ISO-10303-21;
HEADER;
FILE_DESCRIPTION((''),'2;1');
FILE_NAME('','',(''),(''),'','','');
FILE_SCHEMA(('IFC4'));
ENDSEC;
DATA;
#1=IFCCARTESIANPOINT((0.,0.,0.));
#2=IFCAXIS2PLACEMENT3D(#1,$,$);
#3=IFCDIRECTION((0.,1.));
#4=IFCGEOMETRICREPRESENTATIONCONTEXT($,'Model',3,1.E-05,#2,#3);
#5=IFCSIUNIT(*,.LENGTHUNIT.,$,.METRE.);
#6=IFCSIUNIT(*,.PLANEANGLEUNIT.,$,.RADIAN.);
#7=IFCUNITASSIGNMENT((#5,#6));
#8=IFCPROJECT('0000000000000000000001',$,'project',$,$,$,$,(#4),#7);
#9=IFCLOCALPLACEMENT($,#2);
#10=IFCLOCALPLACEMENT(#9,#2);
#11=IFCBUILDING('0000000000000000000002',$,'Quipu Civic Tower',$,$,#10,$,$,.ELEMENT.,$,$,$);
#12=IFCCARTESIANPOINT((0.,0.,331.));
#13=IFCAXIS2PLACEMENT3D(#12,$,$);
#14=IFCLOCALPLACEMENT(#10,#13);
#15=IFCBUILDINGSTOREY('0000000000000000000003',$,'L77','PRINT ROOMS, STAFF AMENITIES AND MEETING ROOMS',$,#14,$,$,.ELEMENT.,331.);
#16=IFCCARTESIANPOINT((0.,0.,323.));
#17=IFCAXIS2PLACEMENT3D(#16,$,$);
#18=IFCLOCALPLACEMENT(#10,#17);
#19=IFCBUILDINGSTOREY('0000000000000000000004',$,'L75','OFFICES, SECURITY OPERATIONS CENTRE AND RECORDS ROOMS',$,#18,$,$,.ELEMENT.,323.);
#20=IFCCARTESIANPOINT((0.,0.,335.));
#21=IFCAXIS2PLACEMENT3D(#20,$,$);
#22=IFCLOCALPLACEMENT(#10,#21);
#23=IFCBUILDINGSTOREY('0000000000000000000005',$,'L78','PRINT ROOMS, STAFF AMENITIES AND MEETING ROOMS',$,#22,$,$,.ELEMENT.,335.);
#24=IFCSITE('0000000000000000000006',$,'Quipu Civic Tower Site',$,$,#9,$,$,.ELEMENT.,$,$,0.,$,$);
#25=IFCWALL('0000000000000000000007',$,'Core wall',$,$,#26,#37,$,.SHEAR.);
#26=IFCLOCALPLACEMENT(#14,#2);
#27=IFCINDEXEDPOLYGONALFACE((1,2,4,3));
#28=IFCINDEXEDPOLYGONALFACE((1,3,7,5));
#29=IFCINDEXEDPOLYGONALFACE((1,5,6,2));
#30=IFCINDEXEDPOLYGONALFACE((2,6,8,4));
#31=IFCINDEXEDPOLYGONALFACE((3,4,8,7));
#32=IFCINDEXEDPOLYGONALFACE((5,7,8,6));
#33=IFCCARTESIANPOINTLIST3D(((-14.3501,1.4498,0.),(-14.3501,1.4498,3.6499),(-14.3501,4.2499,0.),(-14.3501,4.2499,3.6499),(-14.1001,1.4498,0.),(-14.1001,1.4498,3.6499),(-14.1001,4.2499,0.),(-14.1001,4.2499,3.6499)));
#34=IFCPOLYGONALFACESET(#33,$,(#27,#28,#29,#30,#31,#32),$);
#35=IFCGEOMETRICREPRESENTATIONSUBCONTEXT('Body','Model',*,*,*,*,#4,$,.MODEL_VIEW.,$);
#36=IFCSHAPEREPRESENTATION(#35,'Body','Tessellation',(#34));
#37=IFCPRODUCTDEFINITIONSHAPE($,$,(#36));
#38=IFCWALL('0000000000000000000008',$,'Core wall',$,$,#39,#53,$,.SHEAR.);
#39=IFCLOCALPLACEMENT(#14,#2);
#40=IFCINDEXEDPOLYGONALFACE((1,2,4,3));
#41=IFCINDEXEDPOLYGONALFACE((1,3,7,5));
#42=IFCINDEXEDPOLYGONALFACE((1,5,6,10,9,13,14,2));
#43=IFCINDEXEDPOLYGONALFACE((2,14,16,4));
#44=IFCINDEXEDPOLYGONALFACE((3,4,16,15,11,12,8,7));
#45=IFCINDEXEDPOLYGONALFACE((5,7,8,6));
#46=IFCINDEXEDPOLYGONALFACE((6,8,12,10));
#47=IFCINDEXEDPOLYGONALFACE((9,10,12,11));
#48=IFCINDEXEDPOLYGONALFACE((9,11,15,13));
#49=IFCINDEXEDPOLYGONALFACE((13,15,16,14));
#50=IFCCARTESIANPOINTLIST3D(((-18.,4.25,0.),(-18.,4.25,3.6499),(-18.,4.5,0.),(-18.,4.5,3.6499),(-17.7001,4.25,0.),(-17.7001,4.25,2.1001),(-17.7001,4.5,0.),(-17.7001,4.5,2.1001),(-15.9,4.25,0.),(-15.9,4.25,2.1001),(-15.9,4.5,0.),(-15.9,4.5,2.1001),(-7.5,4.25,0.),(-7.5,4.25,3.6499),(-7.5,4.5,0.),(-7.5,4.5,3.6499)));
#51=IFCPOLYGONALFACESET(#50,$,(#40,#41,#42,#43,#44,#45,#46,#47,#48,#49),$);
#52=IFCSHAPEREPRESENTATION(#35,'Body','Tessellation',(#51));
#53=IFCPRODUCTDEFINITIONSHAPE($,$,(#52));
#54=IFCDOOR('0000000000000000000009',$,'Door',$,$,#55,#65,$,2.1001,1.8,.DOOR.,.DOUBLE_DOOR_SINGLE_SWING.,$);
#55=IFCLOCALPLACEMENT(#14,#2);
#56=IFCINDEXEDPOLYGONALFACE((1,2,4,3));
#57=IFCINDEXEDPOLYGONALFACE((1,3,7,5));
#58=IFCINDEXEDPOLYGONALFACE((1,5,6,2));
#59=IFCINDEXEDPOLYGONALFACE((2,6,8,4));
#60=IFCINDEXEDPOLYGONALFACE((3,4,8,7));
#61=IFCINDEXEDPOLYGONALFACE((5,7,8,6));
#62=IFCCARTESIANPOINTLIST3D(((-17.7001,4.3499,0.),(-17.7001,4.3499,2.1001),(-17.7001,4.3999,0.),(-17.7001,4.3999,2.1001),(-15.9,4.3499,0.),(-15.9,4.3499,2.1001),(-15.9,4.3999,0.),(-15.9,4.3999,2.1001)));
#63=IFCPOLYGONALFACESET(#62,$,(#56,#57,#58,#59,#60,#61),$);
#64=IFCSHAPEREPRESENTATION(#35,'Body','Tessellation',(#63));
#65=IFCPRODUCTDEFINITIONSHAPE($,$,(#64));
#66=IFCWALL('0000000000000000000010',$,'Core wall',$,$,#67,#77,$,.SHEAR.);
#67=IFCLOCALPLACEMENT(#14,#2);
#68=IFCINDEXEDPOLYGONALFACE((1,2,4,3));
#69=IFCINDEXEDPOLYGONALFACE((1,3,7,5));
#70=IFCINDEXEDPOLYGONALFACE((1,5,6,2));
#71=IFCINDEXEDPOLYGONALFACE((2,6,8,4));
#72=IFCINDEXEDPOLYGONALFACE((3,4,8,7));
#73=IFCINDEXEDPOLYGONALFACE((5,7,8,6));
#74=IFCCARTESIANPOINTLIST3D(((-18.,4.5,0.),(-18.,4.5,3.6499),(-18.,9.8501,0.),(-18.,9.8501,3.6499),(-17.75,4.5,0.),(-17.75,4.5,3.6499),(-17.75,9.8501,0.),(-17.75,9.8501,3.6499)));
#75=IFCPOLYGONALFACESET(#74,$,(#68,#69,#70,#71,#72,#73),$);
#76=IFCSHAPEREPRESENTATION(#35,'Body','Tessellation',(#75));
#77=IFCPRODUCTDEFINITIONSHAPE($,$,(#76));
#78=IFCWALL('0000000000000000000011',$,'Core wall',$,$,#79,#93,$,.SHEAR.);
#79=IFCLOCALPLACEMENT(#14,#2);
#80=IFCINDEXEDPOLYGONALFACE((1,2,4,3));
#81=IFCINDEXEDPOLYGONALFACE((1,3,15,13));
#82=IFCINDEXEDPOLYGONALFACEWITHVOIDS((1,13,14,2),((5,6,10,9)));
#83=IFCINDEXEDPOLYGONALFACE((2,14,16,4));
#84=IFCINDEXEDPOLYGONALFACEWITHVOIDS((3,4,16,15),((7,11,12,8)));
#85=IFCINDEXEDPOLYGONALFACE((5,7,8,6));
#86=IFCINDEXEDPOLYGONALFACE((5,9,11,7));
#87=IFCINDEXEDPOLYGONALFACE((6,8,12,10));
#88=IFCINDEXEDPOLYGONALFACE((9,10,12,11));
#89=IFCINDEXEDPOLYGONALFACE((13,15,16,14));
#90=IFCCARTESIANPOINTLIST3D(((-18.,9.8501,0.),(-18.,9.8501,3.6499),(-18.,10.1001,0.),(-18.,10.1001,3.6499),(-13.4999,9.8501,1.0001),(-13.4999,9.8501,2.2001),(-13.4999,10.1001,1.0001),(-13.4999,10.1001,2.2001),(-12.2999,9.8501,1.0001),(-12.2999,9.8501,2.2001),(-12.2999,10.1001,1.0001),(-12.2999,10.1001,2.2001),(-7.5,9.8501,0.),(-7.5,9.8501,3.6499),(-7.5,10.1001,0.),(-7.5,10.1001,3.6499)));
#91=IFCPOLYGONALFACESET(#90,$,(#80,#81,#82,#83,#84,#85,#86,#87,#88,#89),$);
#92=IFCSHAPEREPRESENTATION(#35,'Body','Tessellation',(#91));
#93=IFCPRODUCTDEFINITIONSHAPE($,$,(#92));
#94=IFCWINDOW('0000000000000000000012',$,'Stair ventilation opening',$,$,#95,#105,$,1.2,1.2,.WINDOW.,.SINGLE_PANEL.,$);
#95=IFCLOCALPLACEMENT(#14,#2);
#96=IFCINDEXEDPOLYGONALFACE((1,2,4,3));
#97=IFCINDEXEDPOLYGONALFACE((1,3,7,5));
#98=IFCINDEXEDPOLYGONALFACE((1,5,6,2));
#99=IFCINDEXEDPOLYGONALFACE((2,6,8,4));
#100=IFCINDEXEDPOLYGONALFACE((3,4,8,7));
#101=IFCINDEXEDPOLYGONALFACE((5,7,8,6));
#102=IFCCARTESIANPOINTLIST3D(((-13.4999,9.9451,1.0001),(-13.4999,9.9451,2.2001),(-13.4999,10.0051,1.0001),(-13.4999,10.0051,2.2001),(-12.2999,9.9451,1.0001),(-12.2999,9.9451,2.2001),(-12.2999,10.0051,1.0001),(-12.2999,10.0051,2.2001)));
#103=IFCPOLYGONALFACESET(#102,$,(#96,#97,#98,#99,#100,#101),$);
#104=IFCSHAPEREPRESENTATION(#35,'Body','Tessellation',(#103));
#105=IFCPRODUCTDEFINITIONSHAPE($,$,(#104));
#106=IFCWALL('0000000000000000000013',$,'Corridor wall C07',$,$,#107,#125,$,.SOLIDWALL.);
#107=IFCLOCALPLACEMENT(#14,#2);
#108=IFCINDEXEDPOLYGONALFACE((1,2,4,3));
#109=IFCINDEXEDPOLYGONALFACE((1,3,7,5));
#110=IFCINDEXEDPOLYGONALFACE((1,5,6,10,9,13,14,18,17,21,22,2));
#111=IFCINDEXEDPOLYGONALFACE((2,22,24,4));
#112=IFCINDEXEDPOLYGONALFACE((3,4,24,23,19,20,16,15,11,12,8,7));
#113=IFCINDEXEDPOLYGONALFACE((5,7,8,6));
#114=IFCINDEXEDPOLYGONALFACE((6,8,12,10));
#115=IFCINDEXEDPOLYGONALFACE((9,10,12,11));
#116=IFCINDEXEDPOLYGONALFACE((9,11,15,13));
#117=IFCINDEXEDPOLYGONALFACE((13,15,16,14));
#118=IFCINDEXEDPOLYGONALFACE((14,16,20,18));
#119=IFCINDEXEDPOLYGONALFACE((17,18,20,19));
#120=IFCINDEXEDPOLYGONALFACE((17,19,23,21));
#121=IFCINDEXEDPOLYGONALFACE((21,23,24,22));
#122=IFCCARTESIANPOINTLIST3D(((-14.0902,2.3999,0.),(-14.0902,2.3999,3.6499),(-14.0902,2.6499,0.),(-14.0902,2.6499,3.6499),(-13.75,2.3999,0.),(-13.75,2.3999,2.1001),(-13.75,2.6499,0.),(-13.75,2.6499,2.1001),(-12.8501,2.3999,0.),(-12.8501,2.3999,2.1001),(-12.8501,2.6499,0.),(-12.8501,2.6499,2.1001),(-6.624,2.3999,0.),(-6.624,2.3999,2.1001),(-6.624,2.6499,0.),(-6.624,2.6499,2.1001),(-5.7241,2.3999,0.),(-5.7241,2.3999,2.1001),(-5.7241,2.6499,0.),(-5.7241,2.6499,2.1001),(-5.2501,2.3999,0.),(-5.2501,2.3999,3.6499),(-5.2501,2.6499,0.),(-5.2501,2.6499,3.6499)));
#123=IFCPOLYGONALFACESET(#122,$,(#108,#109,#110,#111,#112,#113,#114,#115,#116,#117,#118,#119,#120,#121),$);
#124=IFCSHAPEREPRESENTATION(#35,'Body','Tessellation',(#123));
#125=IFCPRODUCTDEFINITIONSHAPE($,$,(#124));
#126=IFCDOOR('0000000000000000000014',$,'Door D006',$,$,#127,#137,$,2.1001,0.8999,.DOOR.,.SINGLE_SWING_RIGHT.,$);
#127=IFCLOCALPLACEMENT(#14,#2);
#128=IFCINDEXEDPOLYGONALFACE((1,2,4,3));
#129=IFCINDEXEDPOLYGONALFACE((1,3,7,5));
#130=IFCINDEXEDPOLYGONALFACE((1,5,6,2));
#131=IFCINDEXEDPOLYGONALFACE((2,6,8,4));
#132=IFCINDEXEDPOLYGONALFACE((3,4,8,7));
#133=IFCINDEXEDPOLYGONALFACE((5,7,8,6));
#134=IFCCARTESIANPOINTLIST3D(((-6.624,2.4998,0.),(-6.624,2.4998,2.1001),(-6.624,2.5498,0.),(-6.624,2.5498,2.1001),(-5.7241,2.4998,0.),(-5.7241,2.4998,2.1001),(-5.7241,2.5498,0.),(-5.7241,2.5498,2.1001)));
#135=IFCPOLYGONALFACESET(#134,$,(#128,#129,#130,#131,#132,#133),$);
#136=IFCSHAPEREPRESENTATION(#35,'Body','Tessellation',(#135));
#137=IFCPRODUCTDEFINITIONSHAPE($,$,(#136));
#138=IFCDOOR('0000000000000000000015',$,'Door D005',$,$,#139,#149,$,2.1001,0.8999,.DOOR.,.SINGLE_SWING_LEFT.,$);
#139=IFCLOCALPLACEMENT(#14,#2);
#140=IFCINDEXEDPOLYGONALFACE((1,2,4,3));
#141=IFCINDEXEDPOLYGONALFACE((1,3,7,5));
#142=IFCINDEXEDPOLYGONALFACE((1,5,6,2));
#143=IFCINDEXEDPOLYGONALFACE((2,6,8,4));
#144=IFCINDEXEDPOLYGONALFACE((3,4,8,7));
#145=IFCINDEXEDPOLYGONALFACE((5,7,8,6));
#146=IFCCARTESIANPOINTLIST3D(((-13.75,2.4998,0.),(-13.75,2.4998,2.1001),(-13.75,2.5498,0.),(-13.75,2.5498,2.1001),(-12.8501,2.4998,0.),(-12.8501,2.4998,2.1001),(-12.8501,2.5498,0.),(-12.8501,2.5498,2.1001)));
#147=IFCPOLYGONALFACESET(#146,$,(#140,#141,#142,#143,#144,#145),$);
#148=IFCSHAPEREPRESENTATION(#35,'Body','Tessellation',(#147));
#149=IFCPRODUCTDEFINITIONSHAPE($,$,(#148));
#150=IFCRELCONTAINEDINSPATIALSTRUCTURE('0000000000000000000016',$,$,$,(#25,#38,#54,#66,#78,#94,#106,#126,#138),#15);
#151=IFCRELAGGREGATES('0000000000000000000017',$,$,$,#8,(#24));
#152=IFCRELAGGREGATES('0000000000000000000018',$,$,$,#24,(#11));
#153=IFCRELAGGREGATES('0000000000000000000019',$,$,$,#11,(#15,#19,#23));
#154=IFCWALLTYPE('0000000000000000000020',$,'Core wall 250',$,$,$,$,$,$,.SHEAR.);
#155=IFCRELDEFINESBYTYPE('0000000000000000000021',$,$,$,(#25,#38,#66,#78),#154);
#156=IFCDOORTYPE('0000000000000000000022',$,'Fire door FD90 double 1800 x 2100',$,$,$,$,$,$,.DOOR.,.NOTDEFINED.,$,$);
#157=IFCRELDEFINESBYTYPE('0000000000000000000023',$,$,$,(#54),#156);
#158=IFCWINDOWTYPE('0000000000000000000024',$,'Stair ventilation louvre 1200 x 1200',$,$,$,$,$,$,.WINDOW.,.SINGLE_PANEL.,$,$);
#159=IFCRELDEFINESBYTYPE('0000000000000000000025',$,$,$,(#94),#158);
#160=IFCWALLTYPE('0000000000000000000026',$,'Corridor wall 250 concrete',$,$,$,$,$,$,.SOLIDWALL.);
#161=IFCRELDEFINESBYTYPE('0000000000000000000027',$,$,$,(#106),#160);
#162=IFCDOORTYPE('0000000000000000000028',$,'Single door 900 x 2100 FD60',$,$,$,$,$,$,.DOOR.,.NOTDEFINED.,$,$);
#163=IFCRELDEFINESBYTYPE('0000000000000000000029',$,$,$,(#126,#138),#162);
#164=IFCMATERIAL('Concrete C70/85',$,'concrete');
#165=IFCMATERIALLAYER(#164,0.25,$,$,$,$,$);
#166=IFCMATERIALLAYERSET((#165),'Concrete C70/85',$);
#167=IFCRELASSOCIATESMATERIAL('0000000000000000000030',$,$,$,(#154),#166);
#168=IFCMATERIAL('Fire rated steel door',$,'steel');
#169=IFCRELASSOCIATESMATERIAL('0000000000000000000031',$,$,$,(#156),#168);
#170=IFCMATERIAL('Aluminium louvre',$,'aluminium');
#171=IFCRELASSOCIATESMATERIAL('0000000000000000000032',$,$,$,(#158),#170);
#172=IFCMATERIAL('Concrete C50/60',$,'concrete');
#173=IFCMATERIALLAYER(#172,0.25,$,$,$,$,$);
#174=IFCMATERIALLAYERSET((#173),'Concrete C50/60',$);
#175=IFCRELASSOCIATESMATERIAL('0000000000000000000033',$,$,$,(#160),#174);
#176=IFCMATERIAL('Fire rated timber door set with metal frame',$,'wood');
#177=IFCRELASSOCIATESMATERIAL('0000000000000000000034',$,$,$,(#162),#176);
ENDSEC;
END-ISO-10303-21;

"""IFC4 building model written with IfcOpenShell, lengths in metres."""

from ifc_helpers import new_model, si_unit, direction, frame, frame_2d, origin, place, context, subcontext, project, spatial, rectangle, extrude, material, layer, layer_set, type_object, element, fill, save


model = new_model("IFC4")

# Units and contexts
model_context = context("Model", 3, precision=1e-05, world=origin(), true_north=direction((0.0, 1.0)))
body_context = subcontext(model_context, "Body", "Model", "MODEL_VIEW")
ifc_project = project(units=[si_unit("LENGTHUNIT", "METRE"), si_unit("PLANEANGLEUNIT", "RADIAN")], contexts=[model_context])

# Site, building, storey
site_placement = place(None, origin())
site = spatial("IfcSite", under=ifc_project, at=site_placement, Name="Quipu Civic Tower Site", CompositionType="ELEMENT", RefElevation=0.0)
building_placement = place(site_placement, origin())
building = spatial("IfcBuilding", under=site, at=building_placement, Name="Quipu Civic Tower", CompositionType="ELEMENT")
storey_1_placement = place(building_placement, frame((0.0, 0.0, 331.0)))
storey_1 = spatial("IfcBuildingStorey", under=building, at=storey_1_placement, Name="L77", Description="PRINT ROOMS, STAFF AMENITIES AND MEETING ROOMS", CompositionType="ELEMENT", Elevation=331.0)

# Shared definitions
storey_2_placement = place(building_placement, frame((0.0, 0.0, 323.0)))
storey_2 = spatial("IfcBuildingStorey", under=building, at=storey_2_placement, Name="L75", Description="OFFICES, SECURITY OPERATIONS CENTRE AND RECORDS ROOMS", CompositionType="ELEMENT", Elevation=323.0)

# Shared definitions
storey_3_placement = place(building_placement, frame((0.0, 0.0, 335.0)))
storey_3 = spatial("IfcBuildingStorey", under=building, at=storey_3_placement, Name="L78", Description="PRINT ROOMS, STAFF AMENITIES AND MEETING ROOMS", CompositionType="ELEMENT", Elevation=335.0)

# Shared definitions
ifc_material_1 = material(Name="Concrete C70/85", Category="concrete")
ifc_layer_1 = layer(ifc_material_1, 0.25)
ifc_layer_set_1 = layer_set([ifc_layer_1], Name="Concrete C70/85")
wall_type_1 = type_object("IfcWallType", Name="Core wall 250", PredefinedType="SHEAR", material=ifc_layer_set_1)
ifc_material_2 = material(Name="Fire rated steel door", Category="steel")
door_type_1 = type_object("IfcDoorType", Name="Fire door FD90 double 1800 x 2100", OperationType="NOTDEFINED", PredefinedType="DOOR", material=ifc_material_2)

# Wall
for number, where, z_axis, x_axis, name in (
    (1, (-14.2251, 1.45, 0.0), (0.0, 0.0, 1.0), (0.0, 1.0, 0.0), "Core wall"),
):
    element("IfcWall", number, at=place(storey_1_placement, frame(where, z_axis=z_axis, x_axis=x_axis)), inside=storey_1, type_object=wall_type_1, Name=name, PredefinedType="SHEAR", context=body_context, shape_type="SweptSolid", body=[
        extrude(rectangle(XDim=2.8, YDim=0.25, at=frame_2d((1.3999, 0.0))), origin(), (0.0, 0.0, 1.0), 3.6499),
    ])

# Wall, opening, door
wall_1_placement = place(storey_1_placement, frame((-18.0, 4.375, 0.0), z_axis=(0.0, 0.0, 1.0), x_axis=(1.0, 0.0, 0.0)))
wall_1 = element("IfcWall", 2, at=wall_1_placement, inside=storey_1, type_object=wall_type_1, Name="Core wall", PredefinedType="SHEAR", context=body_context, shape_type="SweptSolid", body=[
    extrude(rectangle(XDim=10.5, YDim=0.25, at=frame_2d((5.25, 0.0))), origin(), (0.0, 0.0, 1.0), 3.6499),
])
opening_1_placement = place(wall_1_placement, frame((0.3, 0.0, 0.0)))
opening_1 = element("IfcOpeningElement", 3, at=opening_1_placement, cuts=wall_1, PredefinedType="OPENING", context=body_context, shape_type="SweptSolid", body=[
    extrude(rectangle(XDim=1.8, YDim=2.1001, at=frame_2d((0.8999, 1.05))), frame((0.0, 0.135, 0.0), z_axis=(0.0, -1.0, 0.0), x_axis=(1.0, 0.0, 0.0)), (0.0, 0.0, 1.0), 0.27),
])
door_1_placement = place(opening_1_placement, origin())
door_1 = element("IfcDoor", 4, at=door_1_placement, inside=storey_1, type_object=door_type_1, Name="Door", OperationType="DOUBLE_DOOR_SINGLE_SWING", OverallHeight=2.1001, OverallWidth=1.8, PredefinedType="DOOR", context=body_context, shape_type="SweptSolid", body=[
    extrude(rectangle(XDim=1.8, YDim=2.1001, at=frame_2d((0.8999, 1.05))), frame((0.0, 0.0249, 0.0), z_axis=(0.0, -1.0, 0.0), x_axis=(1.0, 0.0, 0.0)), (0.0, 0.0, 1.0), 0.05),
])
fill(opening_1, door_1)

# Wall
wall_2_placement = place(storey_1_placement, frame((-17.875, 4.5, 0.0), z_axis=(0.0, 0.0, 1.0), x_axis=(0.0, 1.0, 0.0)))
element("IfcWall", 5, at=wall_2_placement, inside=storey_1, type_object=wall_type_1, Name="Core wall", PredefinedType="SHEAR", context=body_context, shape_type="SweptSolid", body=[
    extrude(rectangle(XDim=5.3501, YDim=0.25, at=frame_2d((2.675, 0.0))), origin(), (0.0, 0.0, 1.0), 3.6499),
])

# Wall, opening, window
wall_3_placement = place(storey_1_placement, frame((-18.0, 9.9751, 0.0), z_axis=(0.0, 0.0, 1.0), x_axis=(1.0, 0.0, 0.0)))
wall_3 = element("IfcWall", 6, at=wall_3_placement, inside=storey_1, type_object=wall_type_1, Name="Core wall", PredefinedType="SHEAR", context=body_context, shape_type="SweptSolid", body=[
    extrude(rectangle(XDim=10.5, YDim=0.25, at=frame_2d((5.25, 0.0))), origin(), (0.0, 0.0, 1.0), 3.6499),
])
opening_2_placement = place(wall_3_placement, frame((4.5, 0.0, 1.0)))
opening_2 = element("IfcOpeningElement", 7, at=opening_2_placement, cuts=wall_3, PredefinedType="OPENING", context=body_context, shape_type="SweptSolid", body=[
    extrude(rectangle(XDim=1.2, YDim=1.2, at=frame_2d((0.6001, 0.6001))), frame((0.0, 0.135, 0.0), z_axis=(0.0, -1.0, 0.0), x_axis=(1.0, 0.0, 0.0)), (0.0, 0.0, 1.0), 0.27),
])
ifc_material_3 = material(Name="Aluminium louvre", Category="aluminium")
window_type = type_object("IfcWindowType", Name="Stair ventilation louvre 1200 x 1200", PartitioningType="SINGLE_PANEL", PredefinedType="WINDOW", material=ifc_material_3)
window_placement = place(opening_2_placement, origin())
window = element("IfcWindow", 8, at=window_placement, inside=storey_1, type_object=window_type, Name="Stair ventilation opening", OverallHeight=1.2, OverallWidth=1.2, PartitioningType="SINGLE_PANEL", PredefinedType="WINDOW", context=body_context, shape_type="SweptSolid", body=[
    extrude(rectangle(XDim=1.2, YDim=1.2, at=frame_2d((0.6001, 0.6001))), frame((0.0, 0.03, 0.0), z_axis=(0.0, -1.0, 0.0), x_axis=(1.0, 0.0, 0.0)), (0.0, 0.0, 1.0), 0.0601),
])
fill(opening_2, window)

# Wall, openings, doors
ifc_material_4 = material(Name="Concrete C50/60", Category="concrete")
ifc_layer_2 = layer(ifc_material_4, 0.25)
ifc_layer_set_2 = layer_set([ifc_layer_2], Name="Concrete C50/60")
wall_type_2 = type_object("IfcWallType", Name="Corridor wall 250 concrete", PredefinedType="SOLIDWALL", material=ifc_layer_set_2)
wall_4_placement = place(storey_1_placement, frame((-14.0901, 2.5249, 0.0), z_axis=(0.0, 0.0, 1.0), x_axis=(1.0, 0.0, 0.0)))
wall_4 = element("IfcWall", 9, at=wall_4_placement, inside=storey_1, type_object=wall_type_2, Name="Corridor wall C07", PredefinedType="SOLIDWALL", context=body_context, shape_type="SweptSolid", body=[
    extrude(rectangle(XDim=8.8401, YDim=0.25, at=frame_2d((4.4199, 0.0))), origin(), (0.0, 0.0, 1.0), 3.6499),
])
opening_3_placement = place(wall_4_placement, frame((7.4661, 0.0, 0.0)))
opening_3 = element("IfcOpeningElement", 10, at=opening_3_placement, cuts=wall_4, PredefinedType="OPENING", context=body_context, shape_type="SweptSolid", body=[
    extrude(rectangle(XDim=0.8999, YDim=2.1001, at=frame_2d((0.45, 1.05))), frame((0.0, 0.135, 0.0), z_axis=(0.0, -1.0, 0.0), x_axis=(1.0, 0.0, 0.0)), (0.0, 0.0, 1.0), 0.27),
])
opening_4_placement = place(wall_4_placement, frame((0.3401, 0.0, 0.0)))
opening_4 = element("IfcOpeningElement", 11, at=opening_4_placement, cuts=wall_4, PredefinedType="OPENING", context=body_context, shape_type="SweptSolid", body=[
    extrude(rectangle(XDim=0.8999, YDim=2.1001, at=frame_2d((0.45, 1.05))), frame((0.0, 0.135, 0.0), z_axis=(0.0, -1.0, 0.0), x_axis=(1.0, 0.0, 0.0)), (0.0, 0.0, 1.0), 0.27),
])
ifc_material_5 = material(Name="Fire rated timber door set with metal frame", Category="wood")
door_type_2 = type_object("IfcDoorType", Name="Single door 900 x 2100 FD60", OperationType="NOTDEFINED", PredefinedType="DOOR", material=ifc_material_5)
door_2_placement = place(opening_3_placement, origin())
door_2 = element("IfcDoor", 12, at=door_2_placement, inside=storey_1, type_object=door_type_2, Name="Door D006", OperationType="SINGLE_SWING_RIGHT", OverallHeight=2.1001, OverallWidth=0.8999, PredefinedType="DOOR", context=body_context, shape_type="SweptSolid", body=[
    extrude(rectangle(XDim=0.8999, YDim=2.1001, at=frame_2d((0.45, 1.05))), frame((0.0, 0.0249, 0.0), z_axis=(0.0, -1.0, 0.0), x_axis=(1.0, 0.0, 0.0)), (0.0, 0.0, 1.0), 0.05),
])
fill(opening_3, door_2)
door_3_placement = place(opening_4_placement, origin())
door_3 = element("IfcDoor", 13, at=door_3_placement, inside=storey_1, type_object=door_type_2, Name="Door D005", OperationType="SINGLE_SWING_LEFT", OverallHeight=2.1001, OverallWidth=0.8999, PredefinedType="DOOR", context=body_context, shape_type="SweptSolid", body=[
    extrude(rectangle(XDim=0.8999, YDim=2.1001, at=frame_2d((0.45, 1.05))), frame((0.0, 0.0249, 0.0), z_axis=(0.0, -1.0, 0.0), x_axis=(1.0, 0.0, 0.0)), (0.0, 0.0, 1.0), 0.05),
])
fill(opening_4, door_3)

save(model, "model.ifc")
